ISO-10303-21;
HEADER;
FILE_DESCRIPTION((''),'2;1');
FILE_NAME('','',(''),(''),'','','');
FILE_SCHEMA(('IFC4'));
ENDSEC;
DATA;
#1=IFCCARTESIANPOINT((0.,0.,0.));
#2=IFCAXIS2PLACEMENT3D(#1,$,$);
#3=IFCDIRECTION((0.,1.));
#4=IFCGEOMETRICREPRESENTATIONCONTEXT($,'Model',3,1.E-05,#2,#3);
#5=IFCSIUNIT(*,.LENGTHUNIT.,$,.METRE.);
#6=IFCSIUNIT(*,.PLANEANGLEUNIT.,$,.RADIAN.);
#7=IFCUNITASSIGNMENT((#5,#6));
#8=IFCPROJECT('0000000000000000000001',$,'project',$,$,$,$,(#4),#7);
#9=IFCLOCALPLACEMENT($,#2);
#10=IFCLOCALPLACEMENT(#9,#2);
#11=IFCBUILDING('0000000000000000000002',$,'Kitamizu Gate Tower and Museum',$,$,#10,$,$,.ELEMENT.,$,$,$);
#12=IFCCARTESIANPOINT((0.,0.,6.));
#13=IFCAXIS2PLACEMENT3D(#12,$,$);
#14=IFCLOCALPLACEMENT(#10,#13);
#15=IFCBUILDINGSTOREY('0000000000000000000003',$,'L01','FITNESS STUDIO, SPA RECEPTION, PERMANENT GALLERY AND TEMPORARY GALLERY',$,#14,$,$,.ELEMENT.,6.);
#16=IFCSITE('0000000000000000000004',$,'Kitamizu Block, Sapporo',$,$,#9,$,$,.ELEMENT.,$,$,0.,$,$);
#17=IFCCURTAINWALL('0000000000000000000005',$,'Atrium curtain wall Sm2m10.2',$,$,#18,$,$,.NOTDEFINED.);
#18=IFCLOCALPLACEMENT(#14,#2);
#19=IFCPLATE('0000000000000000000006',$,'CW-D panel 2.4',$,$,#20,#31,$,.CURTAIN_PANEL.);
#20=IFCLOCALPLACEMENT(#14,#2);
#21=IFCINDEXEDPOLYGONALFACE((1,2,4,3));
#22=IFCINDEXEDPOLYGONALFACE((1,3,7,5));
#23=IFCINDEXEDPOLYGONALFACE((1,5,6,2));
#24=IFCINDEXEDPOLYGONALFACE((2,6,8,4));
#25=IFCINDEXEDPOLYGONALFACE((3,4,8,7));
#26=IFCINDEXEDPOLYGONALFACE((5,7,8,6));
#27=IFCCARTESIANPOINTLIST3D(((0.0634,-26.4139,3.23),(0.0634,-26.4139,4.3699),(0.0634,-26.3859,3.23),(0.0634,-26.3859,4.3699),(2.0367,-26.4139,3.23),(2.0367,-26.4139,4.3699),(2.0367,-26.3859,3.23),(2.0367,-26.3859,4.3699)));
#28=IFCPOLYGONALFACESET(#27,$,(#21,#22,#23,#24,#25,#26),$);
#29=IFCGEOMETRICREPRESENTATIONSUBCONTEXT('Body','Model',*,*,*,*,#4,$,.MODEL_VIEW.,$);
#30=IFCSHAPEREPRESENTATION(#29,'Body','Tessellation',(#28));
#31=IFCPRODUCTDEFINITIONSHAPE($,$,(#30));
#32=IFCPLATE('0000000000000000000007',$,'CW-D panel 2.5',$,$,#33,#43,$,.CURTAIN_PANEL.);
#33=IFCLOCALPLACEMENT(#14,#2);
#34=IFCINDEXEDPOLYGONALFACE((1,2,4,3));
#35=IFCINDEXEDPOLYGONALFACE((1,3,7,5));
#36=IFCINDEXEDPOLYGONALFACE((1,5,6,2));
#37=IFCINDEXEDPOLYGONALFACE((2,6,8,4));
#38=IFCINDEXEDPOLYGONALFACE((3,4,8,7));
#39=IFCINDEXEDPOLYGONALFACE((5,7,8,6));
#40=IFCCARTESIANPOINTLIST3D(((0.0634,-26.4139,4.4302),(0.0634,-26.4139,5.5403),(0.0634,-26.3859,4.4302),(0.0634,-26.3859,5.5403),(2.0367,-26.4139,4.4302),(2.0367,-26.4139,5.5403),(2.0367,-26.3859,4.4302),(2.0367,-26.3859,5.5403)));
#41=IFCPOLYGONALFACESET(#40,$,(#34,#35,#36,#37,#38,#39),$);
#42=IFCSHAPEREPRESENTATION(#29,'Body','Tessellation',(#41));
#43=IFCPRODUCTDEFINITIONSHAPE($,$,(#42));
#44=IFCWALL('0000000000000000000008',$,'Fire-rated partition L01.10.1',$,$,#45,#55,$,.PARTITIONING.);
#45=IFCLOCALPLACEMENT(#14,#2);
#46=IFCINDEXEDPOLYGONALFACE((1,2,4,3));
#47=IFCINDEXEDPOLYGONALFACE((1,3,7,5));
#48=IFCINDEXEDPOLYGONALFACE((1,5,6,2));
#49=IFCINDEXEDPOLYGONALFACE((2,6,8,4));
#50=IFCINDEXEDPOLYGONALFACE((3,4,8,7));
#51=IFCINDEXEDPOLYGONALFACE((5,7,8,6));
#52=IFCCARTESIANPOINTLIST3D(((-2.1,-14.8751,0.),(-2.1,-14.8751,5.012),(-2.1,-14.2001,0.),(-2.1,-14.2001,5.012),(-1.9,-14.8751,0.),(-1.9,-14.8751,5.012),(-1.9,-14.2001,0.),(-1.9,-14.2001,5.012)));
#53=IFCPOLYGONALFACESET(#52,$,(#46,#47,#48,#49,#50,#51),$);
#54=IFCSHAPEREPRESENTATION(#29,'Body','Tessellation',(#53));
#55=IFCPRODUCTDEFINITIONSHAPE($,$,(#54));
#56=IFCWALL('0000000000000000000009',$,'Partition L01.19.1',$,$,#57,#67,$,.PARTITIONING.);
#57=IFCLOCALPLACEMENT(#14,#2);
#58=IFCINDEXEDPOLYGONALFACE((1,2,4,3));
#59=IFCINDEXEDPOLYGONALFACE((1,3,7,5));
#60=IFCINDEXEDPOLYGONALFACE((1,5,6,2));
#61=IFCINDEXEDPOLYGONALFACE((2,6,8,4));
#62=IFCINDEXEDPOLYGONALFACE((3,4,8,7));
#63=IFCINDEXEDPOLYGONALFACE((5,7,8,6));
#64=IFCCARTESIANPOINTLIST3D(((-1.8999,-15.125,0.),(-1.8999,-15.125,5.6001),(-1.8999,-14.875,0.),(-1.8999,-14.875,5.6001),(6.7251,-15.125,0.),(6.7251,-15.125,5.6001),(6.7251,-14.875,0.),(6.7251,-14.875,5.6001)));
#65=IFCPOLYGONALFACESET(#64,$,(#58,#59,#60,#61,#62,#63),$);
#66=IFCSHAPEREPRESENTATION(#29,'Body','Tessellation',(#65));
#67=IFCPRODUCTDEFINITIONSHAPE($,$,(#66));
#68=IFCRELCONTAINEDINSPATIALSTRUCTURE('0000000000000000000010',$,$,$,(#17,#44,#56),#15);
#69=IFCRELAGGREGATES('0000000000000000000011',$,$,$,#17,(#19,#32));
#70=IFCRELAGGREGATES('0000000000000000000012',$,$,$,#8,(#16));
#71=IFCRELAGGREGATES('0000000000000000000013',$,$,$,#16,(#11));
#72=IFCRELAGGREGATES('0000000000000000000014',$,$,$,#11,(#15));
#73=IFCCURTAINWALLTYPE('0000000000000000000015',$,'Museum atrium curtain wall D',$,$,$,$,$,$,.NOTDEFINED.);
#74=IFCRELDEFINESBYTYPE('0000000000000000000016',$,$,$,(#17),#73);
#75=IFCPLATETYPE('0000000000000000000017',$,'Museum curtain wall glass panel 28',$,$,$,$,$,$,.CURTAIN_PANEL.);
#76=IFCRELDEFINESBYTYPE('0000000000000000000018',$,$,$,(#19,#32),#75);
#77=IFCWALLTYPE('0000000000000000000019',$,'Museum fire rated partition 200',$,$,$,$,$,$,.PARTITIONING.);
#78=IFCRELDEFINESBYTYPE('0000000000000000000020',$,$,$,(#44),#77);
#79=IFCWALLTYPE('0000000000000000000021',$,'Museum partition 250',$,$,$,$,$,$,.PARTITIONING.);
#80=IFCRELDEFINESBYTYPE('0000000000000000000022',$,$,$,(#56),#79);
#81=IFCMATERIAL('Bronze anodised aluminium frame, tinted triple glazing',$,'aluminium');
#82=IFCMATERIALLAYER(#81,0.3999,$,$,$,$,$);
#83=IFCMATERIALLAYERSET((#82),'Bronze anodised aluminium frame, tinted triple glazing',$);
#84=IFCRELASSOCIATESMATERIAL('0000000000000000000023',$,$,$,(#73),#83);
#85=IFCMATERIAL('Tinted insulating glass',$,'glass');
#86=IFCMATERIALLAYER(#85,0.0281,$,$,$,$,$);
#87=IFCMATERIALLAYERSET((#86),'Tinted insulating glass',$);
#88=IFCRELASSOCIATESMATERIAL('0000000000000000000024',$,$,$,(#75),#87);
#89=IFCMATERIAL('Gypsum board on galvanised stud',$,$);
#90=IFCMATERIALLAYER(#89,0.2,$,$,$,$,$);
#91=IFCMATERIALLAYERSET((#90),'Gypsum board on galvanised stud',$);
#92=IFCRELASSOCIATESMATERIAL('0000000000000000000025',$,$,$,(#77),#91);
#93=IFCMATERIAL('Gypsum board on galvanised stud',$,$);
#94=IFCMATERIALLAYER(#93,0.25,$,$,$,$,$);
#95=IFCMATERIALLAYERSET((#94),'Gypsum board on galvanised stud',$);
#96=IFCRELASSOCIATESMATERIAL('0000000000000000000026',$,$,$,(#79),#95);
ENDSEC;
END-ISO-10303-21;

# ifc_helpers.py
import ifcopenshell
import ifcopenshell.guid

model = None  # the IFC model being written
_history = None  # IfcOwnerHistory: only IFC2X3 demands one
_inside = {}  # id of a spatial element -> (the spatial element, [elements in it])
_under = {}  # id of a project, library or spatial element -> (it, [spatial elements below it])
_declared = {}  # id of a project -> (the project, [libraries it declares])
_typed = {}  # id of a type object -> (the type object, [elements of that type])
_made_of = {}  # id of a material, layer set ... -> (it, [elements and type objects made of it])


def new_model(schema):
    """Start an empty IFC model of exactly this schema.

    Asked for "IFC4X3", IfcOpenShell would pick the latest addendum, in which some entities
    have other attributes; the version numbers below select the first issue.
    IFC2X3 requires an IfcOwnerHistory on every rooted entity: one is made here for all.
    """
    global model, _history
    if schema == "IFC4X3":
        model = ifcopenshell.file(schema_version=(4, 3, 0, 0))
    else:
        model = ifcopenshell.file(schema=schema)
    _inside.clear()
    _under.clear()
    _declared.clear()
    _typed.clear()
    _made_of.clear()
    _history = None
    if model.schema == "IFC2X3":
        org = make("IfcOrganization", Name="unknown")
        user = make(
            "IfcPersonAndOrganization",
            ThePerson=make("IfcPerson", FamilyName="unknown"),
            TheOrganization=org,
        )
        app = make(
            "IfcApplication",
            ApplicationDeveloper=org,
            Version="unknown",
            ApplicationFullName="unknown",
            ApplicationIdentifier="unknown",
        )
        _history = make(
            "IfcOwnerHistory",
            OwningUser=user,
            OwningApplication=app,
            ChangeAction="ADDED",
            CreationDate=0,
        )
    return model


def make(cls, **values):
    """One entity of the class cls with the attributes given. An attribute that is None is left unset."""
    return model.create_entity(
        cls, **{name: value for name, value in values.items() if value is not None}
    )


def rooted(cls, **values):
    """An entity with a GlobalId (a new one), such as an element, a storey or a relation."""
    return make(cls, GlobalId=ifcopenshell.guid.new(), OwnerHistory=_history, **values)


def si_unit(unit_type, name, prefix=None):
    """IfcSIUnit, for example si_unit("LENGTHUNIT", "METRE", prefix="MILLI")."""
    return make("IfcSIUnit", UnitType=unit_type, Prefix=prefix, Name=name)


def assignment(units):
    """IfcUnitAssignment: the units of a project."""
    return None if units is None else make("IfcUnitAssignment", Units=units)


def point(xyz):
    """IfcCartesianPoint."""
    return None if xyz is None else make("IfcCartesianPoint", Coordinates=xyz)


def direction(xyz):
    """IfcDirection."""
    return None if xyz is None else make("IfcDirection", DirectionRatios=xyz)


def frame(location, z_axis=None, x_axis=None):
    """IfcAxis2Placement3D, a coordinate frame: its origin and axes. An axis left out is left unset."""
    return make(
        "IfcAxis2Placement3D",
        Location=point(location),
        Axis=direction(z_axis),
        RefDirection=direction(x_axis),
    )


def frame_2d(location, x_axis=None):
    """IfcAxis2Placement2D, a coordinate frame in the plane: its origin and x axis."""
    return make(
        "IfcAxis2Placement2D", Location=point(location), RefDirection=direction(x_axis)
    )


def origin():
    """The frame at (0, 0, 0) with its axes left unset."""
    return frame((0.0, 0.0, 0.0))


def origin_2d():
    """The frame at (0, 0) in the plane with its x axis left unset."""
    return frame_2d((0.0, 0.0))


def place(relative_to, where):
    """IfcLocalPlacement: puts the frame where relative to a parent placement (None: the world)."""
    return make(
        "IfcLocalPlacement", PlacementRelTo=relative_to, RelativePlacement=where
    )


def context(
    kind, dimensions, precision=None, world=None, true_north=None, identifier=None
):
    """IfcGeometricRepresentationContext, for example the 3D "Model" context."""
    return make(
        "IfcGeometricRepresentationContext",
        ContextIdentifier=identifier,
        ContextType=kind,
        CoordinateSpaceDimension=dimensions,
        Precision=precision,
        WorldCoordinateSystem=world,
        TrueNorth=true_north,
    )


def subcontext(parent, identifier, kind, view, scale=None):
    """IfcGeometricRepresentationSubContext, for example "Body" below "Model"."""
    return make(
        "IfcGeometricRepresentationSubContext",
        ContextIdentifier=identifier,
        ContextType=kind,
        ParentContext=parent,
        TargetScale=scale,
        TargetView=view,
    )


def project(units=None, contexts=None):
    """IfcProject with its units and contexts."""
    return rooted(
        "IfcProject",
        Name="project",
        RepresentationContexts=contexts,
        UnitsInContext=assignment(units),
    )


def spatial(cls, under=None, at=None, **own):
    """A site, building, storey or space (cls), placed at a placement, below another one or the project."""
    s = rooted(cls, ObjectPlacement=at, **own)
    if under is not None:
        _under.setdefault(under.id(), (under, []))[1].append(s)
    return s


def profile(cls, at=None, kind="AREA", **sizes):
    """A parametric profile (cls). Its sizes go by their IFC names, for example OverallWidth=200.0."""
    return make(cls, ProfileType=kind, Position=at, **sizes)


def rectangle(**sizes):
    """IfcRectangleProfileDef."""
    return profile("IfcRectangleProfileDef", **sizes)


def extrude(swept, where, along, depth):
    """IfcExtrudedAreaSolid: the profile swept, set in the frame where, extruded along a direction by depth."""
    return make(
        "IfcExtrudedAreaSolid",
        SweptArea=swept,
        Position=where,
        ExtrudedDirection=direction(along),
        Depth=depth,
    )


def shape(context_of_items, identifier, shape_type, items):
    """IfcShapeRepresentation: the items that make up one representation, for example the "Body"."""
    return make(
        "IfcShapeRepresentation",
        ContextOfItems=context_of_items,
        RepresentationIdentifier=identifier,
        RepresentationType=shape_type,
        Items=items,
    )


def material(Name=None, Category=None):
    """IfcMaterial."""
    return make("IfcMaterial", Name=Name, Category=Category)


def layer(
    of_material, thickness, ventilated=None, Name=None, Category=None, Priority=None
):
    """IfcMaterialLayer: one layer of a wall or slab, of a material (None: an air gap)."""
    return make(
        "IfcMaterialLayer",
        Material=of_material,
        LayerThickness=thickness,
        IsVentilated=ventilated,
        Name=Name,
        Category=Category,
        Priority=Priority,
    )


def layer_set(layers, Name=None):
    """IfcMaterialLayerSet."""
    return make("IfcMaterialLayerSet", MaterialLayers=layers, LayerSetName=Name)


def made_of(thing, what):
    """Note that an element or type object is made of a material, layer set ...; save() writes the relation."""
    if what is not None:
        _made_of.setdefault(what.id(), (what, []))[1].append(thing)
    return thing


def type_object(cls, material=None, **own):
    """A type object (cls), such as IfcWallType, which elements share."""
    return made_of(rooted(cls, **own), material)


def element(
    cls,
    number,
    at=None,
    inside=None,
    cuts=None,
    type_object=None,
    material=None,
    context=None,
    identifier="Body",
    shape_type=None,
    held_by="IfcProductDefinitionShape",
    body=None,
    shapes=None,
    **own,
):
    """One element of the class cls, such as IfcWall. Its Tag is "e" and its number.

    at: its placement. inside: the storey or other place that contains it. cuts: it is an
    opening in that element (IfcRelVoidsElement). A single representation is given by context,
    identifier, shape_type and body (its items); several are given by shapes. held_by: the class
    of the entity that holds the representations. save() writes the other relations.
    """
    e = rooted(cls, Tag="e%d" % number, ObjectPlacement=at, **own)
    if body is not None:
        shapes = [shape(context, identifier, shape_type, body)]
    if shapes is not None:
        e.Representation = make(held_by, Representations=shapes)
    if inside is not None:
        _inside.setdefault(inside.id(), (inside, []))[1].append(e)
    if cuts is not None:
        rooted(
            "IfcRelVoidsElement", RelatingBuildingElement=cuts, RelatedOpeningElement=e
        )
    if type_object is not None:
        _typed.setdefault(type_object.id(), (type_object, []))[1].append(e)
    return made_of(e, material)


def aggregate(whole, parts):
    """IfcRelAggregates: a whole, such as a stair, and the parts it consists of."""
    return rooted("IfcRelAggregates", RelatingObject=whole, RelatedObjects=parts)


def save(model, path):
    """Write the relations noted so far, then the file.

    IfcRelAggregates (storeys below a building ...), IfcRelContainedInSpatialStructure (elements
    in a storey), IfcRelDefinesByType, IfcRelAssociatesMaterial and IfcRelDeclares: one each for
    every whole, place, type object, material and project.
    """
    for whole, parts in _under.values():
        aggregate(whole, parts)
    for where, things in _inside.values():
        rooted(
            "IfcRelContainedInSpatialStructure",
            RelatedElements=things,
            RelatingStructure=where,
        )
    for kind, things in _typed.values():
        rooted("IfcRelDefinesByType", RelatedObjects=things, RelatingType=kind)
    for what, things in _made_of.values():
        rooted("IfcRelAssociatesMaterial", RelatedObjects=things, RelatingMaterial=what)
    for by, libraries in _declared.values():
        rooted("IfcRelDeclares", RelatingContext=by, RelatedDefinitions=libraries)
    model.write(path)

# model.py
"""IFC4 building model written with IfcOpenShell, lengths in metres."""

from ifc_helpers import new_model, si_unit, direction, frame, frame_2d, origin, origin_2d, place, context, subcontext, project, spatial, rectangle, extrude, material, layer, layer_set, type_object, element, aggregate, save


model = new_model("IFC4")

# Units and contexts
model_context = context("Model", 3, precision=1e-05, world=origin(), true_north=direction((0.0, 1.0)))
body_context = subcontext(model_context, "Body", "Model", "MODEL_VIEW")
ifc_project = project(units=[si_unit("LENGTHUNIT", "METRE"), si_unit("PLANEANGLEUNIT", "RADIAN")], contexts=[model_context])

# Site, building, storey
site_placement = place(None, origin())
site = spatial("IfcSite", under=ifc_project, at=site_placement, Name="Kitamizu Block, Sapporo", CompositionType="ELEMENT", RefElevation=0.0)
building_placement = place(site_placement, origin())
building = spatial("IfcBuilding", under=site, at=building_placement, Name="Kitamizu Gate Tower and Museum", CompositionType="ELEMENT")
storey_placement = place(building_placement, frame((0.0, 0.0, 6.0)))
storey = spatial("IfcBuildingStorey", under=building, at=storey_placement, Name="L01", Description="FITNESS STUDIO, SPA RECEPTION, PERMANENT GALLERY AND TEMPORARY GALLERY", CompositionType="ELEMENT", Elevation=6.0)

# Curtain wall
ifc_material_1 = material(Name="Bronze anodised aluminium frame, tinted triple glazing", Category="aluminium")
ifc_layer_1 = layer(ifc_material_1, 0.3999)
ifc_layer_set_1 = layer_set([ifc_layer_1], Name="Bronze anodised aluminium frame, tinted triple glazing")
curtain_wall_type = type_object("IfcCurtainWallType", Name="Museum atrium curtain wall D", PredefinedType="NOTDEFINED", material=ifc_layer_set_1)
curtain_wall_placement = place(storey_placement, origin())
curtain_wall = element("IfcCurtainWall", 1, at=curtain_wall_placement, inside=storey, type_object=curtain_wall_type, Name="Atrium curtain wall Sm2m10.2", PredefinedType="NOTDEFINED")

# Plates
ifc_material_2 = material(Name="Tinted insulating glass", Category="glass")
ifc_layer_2 = layer(ifc_material_2, 0.0281)
ifc_layer_set_2 = layer_set([ifc_layer_2], Name="Tinted insulating glass")
plate_type = type_object("IfcPlateType", Name="Museum curtain wall glass panel 28", PredefinedType="CURTAIN_PANEL", material=ifc_layer_set_2)
plate_1_placement = place(storey_placement, frame((1.05, -26.3999, 3.23), z_axis=(0.0, 0.0, 1.0), x_axis=(1.0, 0.0, 0.0)))
plate_1 = element("IfcPlate", 2, at=plate_1_placement, type_object=plate_type, Name="CW-D panel 2.4", PredefinedType="CURTAIN_PANEL", context=body_context, shape_type="SweptSolid", body=[
    extrude(rectangle(XDim=1.9734, YDim=0.0281, at=origin_2d()), origin(), (0.0, 0.0, 1.0), 1.1399),
])
plate_2_placement = place(storey_placement, frame((1.05, -26.3999, 4.4302), z_axis=(0.0, 0.0, 1.0), x_axis=(1.0, 0.0, 0.0)))
plate_2 = element("IfcPlate", 3, at=plate_2_placement, type_object=plate_type, Name="CW-D panel 2.5", PredefinedType="CURTAIN_PANEL", context=body_context, shape_type="SweptSolid", body=[
    extrude(rectangle(XDim=1.9734, YDim=0.0281, at=origin_2d()), origin(), (0.0, 0.0, 1.0), 1.1101),
])
aggregate(curtain_wall, [plate_1, plate_2])

# Walls
ifc_material_3 = material(Name="Gypsum board on galvanised stud")
ifc_layer_3 = layer(ifc_material_3, 0.2)
ifc_layer_set_3 = layer_set([ifc_layer_3], Name="Gypsum board on galvanised stud")
wall_type_1 = type_object("IfcWallType", Name="Museum fire rated partition 200", PredefinedType="PARTITIONING", material=ifc_layer_set_3)
wall_1_placement = place(storey_placement, frame((-2.0, -14.875, 0.0), z_axis=(0.0, 0.0, 1.0), x_axis=(0.0, 1.0, 0.0)))
element("IfcWall", 4, at=wall_1_placement, inside=storey, type_object=wall_type_1, Name="Fire-rated partition L01.10.1", PredefinedType="PARTITIONING", context=body_context, shape_type="SweptSolid", body=[
    extrude(rectangle(XDim=0.675, YDim=0.2, at=frame_2d((0.3374, 0.0))), origin(), (0.0, 0.0, 1.0), 5.012),
])
ifc_material_4 = material(Name="Gypsum board on galvanised stud")
ifc_layer_4 = layer(ifc_material_4, 0.25)
ifc_layer_set_4 = layer_set([ifc_layer_4], Name="Gypsum board on galvanised stud")
wall_type_2 = type_object("IfcWallType", Name="Museum partition 250", PredefinedType="PARTITIONING", material=ifc_layer_set_4)
wall_2_placement = place(storey_placement, frame((-1.8999, -15.0, 0.0), z_axis=(0.0, 0.0, 1.0), x_axis=(1.0, 0.0, 0.0)))
element("IfcWall", 5, at=wall_2_placement, inside=storey, type_object=wall_type_2, Name="Partition L01.19.1", PredefinedType="PARTITIONING", context=body_context, shape_type="SweptSolid", body=[
    extrude(rectangle(XDim=8.625, YDim=0.25, at=frame_2d((4.3125, 0.0))), origin(), (0.0, 0.0, 1.0), 5.6001),
])

save(model, "model.ifc")
